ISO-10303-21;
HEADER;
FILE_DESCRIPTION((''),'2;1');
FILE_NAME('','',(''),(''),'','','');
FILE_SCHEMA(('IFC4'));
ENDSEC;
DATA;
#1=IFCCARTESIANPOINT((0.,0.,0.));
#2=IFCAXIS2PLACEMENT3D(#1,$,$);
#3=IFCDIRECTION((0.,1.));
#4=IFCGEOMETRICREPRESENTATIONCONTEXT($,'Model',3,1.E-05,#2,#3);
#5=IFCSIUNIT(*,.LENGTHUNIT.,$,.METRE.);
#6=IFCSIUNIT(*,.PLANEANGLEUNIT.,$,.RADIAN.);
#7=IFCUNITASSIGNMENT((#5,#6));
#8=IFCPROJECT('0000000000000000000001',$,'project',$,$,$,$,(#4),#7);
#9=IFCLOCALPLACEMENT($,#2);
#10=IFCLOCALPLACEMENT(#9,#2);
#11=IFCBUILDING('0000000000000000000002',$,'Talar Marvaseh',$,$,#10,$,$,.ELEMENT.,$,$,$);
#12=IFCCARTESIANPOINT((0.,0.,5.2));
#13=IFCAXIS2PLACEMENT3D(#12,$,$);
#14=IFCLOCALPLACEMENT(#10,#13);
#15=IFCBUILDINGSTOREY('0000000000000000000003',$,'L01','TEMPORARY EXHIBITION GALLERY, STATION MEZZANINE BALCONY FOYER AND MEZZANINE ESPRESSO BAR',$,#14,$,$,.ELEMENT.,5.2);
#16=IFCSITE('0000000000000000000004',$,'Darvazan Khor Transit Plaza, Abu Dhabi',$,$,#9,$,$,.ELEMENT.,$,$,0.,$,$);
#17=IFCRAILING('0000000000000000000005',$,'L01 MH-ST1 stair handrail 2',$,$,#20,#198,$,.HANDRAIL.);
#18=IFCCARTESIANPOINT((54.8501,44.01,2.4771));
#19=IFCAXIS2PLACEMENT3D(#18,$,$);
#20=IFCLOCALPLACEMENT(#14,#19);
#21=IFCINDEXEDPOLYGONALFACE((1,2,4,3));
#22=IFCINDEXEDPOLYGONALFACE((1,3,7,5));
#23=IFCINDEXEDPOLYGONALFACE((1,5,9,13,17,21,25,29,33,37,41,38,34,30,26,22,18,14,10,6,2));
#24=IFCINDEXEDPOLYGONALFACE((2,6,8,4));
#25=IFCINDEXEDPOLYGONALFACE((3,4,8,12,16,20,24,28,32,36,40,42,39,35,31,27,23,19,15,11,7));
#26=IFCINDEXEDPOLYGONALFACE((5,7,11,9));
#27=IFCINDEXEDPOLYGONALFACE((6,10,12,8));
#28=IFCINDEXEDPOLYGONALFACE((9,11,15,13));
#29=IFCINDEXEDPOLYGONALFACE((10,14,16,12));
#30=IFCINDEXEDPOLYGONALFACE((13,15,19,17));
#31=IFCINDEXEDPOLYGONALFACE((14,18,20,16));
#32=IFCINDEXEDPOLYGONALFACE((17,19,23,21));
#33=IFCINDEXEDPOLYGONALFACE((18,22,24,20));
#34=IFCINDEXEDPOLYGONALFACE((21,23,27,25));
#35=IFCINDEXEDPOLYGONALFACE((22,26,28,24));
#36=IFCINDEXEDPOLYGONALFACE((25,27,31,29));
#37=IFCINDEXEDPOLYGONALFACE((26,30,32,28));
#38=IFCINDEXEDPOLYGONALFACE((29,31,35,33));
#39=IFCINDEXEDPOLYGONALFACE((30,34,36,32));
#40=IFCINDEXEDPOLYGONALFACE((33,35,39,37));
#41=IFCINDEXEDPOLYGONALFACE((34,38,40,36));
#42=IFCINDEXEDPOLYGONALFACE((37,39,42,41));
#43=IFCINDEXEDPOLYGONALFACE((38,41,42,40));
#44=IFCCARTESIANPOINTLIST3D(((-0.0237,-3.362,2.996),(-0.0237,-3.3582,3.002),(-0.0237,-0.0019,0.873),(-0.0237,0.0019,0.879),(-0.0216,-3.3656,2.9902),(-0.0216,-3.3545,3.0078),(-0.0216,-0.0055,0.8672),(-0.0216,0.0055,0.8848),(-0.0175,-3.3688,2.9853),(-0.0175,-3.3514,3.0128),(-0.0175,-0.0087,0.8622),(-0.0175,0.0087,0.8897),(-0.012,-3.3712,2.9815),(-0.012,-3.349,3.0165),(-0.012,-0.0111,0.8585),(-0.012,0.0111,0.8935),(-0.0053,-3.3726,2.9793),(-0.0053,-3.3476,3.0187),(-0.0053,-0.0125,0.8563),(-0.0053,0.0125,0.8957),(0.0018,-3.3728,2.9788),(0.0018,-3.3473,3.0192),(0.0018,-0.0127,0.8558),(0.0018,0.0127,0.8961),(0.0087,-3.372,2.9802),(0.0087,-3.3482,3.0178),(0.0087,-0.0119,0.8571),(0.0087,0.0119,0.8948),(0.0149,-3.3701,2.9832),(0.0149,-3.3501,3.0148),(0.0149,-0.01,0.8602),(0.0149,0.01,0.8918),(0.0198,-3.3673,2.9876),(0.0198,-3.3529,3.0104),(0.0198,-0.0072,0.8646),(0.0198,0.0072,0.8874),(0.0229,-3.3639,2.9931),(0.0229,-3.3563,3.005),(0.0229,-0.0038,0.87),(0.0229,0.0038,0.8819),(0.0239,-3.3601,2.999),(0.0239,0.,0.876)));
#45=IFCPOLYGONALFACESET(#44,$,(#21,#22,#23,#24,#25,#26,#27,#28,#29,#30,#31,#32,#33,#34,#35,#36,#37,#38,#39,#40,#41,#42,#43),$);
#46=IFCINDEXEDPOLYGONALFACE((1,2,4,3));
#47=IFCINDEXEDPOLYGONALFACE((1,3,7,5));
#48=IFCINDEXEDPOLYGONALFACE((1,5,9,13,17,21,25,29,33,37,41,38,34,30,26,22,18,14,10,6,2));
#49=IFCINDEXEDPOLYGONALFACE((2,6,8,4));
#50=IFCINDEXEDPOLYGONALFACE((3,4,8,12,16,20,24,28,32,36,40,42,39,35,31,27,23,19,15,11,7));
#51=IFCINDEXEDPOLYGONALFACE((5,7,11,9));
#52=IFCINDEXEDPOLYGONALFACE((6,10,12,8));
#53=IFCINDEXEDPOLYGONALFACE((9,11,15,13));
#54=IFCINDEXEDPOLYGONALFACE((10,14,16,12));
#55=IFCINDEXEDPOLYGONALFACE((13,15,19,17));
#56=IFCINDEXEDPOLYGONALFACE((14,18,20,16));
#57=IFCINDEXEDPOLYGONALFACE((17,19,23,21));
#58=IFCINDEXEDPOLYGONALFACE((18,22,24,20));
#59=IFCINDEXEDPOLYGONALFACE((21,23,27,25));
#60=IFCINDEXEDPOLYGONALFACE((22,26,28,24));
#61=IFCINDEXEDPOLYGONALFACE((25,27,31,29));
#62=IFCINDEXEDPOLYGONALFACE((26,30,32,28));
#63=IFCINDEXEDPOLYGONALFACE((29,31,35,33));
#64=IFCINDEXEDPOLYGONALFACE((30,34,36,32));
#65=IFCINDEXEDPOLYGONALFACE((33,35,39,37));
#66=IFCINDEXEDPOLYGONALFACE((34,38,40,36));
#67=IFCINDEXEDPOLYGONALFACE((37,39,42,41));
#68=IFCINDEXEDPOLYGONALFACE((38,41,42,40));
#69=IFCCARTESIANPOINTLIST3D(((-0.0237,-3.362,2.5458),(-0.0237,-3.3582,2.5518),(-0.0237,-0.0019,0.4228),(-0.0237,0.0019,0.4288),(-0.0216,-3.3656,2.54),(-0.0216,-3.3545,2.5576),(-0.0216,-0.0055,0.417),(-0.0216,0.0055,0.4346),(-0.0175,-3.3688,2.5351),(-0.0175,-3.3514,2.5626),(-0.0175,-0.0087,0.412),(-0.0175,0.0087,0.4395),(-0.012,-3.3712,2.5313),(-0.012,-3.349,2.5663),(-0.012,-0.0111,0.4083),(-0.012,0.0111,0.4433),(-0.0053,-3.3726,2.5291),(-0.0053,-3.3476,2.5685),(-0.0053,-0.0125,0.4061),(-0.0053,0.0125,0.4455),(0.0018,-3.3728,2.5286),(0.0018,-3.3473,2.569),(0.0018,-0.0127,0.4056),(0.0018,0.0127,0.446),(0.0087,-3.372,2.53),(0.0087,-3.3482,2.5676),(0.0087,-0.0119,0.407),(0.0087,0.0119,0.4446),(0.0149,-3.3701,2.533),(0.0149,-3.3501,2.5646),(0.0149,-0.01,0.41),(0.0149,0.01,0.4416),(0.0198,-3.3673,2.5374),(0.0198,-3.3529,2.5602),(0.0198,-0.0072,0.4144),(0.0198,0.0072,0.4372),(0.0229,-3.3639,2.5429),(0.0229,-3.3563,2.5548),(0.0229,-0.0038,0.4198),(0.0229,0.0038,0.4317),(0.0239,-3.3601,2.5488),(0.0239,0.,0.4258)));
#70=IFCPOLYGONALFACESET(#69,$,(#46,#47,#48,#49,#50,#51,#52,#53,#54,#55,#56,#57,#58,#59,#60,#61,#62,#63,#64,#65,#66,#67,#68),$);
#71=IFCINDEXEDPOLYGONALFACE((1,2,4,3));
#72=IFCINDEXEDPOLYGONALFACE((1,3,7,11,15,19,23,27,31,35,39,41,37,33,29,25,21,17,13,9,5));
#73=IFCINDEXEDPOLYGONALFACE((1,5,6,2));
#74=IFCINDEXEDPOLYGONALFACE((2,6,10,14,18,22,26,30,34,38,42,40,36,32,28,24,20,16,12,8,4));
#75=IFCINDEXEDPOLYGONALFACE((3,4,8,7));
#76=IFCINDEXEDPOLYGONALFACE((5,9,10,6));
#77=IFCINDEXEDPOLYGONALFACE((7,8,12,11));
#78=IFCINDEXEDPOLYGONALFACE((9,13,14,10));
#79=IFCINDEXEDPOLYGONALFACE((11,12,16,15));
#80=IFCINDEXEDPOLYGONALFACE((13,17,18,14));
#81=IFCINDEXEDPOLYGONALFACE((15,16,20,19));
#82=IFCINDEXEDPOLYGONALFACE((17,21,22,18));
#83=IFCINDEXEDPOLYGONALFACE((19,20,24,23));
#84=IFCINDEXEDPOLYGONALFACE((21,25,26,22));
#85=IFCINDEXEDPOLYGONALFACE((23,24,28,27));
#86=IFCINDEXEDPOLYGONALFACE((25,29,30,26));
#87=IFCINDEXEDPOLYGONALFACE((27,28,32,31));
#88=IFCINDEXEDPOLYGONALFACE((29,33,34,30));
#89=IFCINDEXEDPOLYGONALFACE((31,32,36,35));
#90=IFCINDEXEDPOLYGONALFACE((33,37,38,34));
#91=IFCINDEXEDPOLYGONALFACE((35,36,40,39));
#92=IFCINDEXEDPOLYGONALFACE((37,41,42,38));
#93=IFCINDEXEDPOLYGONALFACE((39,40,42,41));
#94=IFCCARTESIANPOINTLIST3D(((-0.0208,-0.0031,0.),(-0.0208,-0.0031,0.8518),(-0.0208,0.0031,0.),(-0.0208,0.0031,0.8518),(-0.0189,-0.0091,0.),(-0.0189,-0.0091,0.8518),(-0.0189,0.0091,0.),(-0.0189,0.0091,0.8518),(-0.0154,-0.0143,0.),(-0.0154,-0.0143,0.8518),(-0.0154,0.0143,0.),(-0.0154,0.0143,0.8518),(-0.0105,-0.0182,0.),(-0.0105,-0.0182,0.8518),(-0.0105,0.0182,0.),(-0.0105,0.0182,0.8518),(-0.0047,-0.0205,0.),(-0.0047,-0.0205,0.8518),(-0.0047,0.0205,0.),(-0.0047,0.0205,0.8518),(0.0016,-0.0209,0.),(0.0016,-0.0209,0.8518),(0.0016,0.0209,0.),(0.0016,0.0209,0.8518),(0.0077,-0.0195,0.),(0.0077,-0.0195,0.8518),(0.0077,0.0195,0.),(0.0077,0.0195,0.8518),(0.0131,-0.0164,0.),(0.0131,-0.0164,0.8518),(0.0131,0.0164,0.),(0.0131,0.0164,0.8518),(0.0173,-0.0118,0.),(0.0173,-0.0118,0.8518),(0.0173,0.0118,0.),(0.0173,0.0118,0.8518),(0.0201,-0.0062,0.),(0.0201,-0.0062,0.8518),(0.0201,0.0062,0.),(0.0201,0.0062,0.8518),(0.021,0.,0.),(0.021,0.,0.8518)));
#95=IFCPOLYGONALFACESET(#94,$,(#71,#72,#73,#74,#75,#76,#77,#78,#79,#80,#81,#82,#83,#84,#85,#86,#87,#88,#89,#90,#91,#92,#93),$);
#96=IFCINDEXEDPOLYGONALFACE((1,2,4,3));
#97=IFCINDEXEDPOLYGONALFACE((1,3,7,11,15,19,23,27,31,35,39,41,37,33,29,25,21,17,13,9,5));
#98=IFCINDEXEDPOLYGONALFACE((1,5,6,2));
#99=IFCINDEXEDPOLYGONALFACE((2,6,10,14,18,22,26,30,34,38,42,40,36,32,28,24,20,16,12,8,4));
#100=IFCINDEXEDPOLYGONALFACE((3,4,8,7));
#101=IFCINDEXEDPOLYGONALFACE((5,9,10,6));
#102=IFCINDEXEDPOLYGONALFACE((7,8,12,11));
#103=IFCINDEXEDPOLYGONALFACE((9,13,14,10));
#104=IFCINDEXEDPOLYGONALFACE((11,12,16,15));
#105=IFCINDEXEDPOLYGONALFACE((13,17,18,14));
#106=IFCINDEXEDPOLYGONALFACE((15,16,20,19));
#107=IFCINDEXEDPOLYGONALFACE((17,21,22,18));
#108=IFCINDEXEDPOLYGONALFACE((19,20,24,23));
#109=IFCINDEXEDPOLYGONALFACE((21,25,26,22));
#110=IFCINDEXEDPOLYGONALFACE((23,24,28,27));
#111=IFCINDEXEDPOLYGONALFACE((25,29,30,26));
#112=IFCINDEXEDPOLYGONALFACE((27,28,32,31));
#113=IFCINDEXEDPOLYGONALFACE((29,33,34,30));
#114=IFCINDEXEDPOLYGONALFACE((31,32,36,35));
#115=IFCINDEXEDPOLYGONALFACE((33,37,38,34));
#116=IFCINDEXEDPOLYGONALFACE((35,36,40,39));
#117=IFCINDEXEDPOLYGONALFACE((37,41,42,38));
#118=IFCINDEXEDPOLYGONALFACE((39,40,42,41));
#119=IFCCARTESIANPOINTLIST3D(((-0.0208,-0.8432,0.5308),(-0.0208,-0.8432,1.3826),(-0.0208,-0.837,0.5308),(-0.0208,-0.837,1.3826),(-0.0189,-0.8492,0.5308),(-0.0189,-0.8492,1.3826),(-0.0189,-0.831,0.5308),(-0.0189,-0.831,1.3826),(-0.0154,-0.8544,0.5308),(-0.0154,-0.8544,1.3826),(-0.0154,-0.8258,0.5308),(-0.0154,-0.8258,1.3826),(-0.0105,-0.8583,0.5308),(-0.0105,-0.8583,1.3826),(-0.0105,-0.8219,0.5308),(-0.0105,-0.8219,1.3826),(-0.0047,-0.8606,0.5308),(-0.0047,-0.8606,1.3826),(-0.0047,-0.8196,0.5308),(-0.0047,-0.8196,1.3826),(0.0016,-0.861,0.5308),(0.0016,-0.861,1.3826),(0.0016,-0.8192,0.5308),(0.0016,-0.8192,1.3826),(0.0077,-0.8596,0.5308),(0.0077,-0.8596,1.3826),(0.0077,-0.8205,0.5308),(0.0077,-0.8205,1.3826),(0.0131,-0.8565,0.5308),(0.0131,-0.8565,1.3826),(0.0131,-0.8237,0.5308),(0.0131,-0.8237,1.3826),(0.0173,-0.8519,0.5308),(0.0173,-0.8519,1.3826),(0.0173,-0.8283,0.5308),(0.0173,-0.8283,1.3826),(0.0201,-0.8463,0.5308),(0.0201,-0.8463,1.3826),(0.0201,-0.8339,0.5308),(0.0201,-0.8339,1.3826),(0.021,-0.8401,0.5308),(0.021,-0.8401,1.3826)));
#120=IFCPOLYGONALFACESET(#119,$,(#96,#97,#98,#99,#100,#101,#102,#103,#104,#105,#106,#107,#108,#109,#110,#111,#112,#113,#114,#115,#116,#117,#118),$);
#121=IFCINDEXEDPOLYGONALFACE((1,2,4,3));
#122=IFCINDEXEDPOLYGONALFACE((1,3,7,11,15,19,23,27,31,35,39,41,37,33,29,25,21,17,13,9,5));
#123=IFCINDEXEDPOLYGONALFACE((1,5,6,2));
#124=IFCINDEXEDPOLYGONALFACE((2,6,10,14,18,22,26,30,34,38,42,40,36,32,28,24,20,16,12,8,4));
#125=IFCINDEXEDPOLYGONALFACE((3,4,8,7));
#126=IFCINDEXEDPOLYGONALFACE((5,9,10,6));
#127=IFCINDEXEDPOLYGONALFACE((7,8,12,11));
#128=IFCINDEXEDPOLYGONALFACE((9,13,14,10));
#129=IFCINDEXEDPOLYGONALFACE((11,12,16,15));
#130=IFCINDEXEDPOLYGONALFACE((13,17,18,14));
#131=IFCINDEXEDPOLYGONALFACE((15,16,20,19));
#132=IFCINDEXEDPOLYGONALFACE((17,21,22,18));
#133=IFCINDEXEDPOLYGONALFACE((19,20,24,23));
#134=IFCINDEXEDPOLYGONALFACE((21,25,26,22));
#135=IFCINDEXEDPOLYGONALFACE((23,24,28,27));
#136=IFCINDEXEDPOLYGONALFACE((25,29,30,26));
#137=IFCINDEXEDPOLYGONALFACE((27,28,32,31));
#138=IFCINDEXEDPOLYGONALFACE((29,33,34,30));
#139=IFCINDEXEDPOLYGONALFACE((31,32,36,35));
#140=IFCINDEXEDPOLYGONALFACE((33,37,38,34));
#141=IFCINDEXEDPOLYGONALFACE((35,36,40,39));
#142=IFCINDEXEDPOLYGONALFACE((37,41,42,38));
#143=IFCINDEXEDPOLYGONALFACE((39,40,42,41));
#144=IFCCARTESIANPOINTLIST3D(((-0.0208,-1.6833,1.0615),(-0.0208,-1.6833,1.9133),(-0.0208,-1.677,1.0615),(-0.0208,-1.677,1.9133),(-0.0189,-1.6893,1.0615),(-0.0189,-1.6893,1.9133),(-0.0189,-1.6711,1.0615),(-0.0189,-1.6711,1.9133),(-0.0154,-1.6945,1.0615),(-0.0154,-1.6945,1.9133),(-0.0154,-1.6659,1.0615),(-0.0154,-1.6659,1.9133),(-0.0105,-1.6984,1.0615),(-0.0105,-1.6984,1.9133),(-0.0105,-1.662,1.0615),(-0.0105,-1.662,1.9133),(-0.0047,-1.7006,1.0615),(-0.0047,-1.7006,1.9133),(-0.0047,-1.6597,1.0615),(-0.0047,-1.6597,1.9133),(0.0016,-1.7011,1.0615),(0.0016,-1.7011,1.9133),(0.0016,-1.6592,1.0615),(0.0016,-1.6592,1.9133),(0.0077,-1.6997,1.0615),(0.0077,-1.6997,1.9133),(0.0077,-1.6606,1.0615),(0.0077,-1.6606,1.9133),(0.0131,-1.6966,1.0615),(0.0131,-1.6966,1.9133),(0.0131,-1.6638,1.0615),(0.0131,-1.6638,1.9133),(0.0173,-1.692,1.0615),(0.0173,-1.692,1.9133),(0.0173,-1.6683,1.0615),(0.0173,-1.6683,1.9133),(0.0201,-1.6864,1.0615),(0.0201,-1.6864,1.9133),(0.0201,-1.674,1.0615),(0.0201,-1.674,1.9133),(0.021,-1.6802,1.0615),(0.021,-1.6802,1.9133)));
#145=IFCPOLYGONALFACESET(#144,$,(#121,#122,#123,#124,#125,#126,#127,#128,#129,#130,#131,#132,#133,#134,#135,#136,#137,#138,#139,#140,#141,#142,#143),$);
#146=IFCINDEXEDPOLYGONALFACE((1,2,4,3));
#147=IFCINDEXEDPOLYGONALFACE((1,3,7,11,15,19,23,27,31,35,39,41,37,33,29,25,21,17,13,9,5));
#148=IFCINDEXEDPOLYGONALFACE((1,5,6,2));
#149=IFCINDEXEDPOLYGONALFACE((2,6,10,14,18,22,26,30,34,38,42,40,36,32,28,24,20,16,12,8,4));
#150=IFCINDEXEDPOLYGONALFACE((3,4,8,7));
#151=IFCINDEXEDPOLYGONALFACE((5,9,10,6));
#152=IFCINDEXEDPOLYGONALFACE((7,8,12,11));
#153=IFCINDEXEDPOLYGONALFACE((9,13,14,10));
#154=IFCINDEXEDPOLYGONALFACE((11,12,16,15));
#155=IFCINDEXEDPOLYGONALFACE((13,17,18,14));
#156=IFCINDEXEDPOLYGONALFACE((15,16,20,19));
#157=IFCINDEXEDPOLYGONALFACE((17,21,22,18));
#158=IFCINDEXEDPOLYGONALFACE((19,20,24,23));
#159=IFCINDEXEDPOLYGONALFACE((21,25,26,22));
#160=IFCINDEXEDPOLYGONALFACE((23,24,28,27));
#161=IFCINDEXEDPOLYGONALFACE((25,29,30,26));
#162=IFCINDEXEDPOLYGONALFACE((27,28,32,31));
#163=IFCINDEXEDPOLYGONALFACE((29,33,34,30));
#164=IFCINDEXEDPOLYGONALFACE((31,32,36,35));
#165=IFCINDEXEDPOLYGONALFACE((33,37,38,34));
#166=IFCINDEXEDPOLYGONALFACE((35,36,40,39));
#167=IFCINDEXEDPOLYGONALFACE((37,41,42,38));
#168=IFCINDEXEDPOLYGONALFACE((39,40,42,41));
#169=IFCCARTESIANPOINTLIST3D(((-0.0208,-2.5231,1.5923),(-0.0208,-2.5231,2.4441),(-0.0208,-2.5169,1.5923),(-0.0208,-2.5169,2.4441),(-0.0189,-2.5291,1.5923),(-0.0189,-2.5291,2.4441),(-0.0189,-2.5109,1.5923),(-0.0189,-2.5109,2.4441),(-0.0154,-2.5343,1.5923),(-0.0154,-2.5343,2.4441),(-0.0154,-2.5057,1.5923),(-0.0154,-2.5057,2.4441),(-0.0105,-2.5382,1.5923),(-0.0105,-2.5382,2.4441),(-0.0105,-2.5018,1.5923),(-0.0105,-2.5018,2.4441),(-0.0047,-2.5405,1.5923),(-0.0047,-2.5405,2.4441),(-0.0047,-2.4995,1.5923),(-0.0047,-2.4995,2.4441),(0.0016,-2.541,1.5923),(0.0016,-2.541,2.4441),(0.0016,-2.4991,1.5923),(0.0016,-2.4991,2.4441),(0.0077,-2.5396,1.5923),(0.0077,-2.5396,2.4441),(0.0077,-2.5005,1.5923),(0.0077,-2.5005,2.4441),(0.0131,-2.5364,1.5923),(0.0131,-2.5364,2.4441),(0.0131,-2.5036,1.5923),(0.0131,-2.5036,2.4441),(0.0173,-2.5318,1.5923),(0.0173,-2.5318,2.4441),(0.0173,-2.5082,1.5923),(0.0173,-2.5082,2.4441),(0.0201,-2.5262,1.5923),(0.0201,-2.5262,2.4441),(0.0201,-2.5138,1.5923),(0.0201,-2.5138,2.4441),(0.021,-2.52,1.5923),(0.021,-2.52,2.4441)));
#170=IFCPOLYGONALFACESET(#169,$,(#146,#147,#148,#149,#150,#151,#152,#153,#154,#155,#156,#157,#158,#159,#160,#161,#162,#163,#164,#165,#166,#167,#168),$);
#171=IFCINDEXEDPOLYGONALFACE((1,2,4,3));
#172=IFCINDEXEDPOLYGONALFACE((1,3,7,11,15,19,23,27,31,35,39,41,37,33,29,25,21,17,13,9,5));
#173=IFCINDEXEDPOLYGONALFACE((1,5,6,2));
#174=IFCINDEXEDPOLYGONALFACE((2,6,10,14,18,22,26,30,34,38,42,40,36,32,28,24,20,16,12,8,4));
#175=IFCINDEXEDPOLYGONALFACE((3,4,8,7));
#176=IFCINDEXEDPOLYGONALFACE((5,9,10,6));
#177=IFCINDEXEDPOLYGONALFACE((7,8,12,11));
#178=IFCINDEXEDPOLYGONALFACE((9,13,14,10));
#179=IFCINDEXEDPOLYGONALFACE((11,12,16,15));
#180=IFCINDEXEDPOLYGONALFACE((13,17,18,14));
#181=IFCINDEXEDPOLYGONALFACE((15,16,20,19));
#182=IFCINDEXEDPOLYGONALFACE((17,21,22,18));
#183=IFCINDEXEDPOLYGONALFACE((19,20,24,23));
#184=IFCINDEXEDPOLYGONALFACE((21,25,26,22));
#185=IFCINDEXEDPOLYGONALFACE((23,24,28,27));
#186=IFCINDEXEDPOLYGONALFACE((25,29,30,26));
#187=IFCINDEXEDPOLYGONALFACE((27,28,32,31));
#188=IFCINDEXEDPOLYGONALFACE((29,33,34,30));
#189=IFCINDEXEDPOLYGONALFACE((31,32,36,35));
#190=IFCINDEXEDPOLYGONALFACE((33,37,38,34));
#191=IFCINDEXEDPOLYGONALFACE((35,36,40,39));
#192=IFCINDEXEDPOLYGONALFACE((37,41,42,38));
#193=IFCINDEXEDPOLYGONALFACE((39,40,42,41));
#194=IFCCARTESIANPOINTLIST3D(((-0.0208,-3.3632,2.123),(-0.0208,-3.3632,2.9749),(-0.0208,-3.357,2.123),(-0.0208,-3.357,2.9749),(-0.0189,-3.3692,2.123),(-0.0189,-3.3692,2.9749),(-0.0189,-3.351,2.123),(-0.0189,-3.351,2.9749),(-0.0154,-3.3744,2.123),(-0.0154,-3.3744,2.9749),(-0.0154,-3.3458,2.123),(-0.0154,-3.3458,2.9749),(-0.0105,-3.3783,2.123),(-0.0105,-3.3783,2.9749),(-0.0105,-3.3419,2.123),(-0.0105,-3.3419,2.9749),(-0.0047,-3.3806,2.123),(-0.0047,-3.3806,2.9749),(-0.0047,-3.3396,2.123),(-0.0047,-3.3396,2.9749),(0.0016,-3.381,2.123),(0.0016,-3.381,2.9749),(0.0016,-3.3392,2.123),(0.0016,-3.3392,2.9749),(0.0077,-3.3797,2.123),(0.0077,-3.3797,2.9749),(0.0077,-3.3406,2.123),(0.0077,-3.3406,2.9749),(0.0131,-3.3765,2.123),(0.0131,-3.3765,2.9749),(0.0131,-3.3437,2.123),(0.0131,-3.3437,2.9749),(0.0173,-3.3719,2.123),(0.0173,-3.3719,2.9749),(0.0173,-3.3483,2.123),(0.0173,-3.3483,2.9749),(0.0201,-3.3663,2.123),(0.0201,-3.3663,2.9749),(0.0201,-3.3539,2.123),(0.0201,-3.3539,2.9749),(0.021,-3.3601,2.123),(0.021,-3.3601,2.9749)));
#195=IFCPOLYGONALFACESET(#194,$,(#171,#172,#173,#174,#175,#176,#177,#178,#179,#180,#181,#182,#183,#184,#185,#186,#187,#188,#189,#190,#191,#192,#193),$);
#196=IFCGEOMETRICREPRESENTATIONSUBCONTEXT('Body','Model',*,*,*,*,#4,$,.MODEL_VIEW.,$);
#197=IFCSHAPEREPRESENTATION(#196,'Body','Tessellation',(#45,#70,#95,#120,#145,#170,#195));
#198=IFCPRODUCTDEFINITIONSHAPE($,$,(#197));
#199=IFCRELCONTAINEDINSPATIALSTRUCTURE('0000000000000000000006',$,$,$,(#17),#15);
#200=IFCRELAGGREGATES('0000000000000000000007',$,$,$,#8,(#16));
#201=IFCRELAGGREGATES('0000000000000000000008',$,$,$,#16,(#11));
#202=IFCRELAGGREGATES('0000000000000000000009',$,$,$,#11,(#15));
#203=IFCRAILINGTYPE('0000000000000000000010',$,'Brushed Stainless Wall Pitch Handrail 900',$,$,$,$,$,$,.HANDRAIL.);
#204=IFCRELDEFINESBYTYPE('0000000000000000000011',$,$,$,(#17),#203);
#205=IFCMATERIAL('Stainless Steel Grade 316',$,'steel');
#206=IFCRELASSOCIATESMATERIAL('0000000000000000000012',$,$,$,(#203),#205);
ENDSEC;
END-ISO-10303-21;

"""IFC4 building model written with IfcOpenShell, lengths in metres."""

from ifc_helpers import new_model, si_unit, direction, frame, origin, origin_2d, place, context, subcontext, project, spatial, circle, extrude, material, type_object, element, save


model = new_model("IFC4")

# Units and contexts
model_context = context("Model", 3, precision=1e-05, world=origin(), true_north=direction((0.0, 1.0)))
body_context = subcontext(model_context, "Body", "Model", "MODEL_VIEW")
ifc_project = project(units=[si_unit("LENGTHUNIT", "METRE"), si_unit("PLANEANGLEUNIT", "RADIAN")], contexts=[model_context])

# Site, building, storey
site_placement = place(None, origin())
site = spatial("IfcSite", under=ifc_project, at=site_placement, Name="Darvazan Khor Transit Plaza, Abu Dhabi", CompositionType="ELEMENT", RefElevation=0.0)
building_placement = place(site_placement, origin())
building = spatial("IfcBuilding", under=site, at=building_placement, Name="Talar Marvaseh", CompositionType="ELEMENT")
storey_placement = place(building_placement, frame((0.0, 0.0, 5.2)))
storey = spatial("IfcBuildingStorey", under=building, at=storey_placement, Name="L01", Description="TEMPORARY EXHIBITION GALLERY, STATION MEZZANINE BALCONY FOYER AND MEZZANINE ESPRESSO BAR", CompositionType="ELEMENT", Elevation=5.2)

# Railing
ifc_material_1 = material(Name="Stainless Steel Grade 316", Category="steel")
railing_type_1 = type_object("IfcRailingType", Name="Brushed Stainless Wall Pitch Handrail 900", PredefinedType="HANDRAIL", material=ifc_material_1)
railing_1_placement = place(storey_placement, frame((54.8501, 44.01, 2.4771)))
element("IfcRailing", 1, at=railing_1_placement, inside=storey, type_object=railing_type_1, Name="L01 MH-ST1 stair handrail 2", PredefinedType="HANDRAIL", context=body_context, shape_type="SweptSolid", body=[
    extrude(circle(Radius=0.0239, at=origin_2d()), frame((0.0, 0.0, 0.876), z_axis=(0.0, -0.84539, 0.53415), x_axis=(1.0, 0.0, 0.0)), (0.0, 0.0, 1.0), 3.9746),
    extrude(circle(Radius=0.0239, at=origin_2d()), frame((0.0, 0.0, 0.4258), z_axis=(0.0, -0.84539, 0.53415), x_axis=(1.0, 0.0, 0.0)), (0.0, 0.0, 1.0), 3.9746),
    extrude(circle(Radius=0.021, at=origin_2d()), origin(), (0.0, 0.0, 1.0), 0.8518),
    extrude(circle(Radius=0.021, at=origin_2d()), frame((0.0, -0.8401, 0.5308)), (0.0, 0.0, 1.0), 0.8518),
    extrude(circle(Radius=0.021, at=origin_2d()), frame((0.0, -1.6802, 1.0615)), (0.0, 0.0, 1.0), 0.8518),
    extrude(circle(Radius=0.021, at=origin_2d()), frame((0.0, -2.52, 1.5923)), (0.0, 0.0, 1.0), 0.8518),
    extrude(circle(Radius=0.021, at=origin_2d()), frame((0.0, -3.3601, 2.123)), (0.0, 0.0, 1.0), 0.8518),
])

save(model, "model.ifc")
